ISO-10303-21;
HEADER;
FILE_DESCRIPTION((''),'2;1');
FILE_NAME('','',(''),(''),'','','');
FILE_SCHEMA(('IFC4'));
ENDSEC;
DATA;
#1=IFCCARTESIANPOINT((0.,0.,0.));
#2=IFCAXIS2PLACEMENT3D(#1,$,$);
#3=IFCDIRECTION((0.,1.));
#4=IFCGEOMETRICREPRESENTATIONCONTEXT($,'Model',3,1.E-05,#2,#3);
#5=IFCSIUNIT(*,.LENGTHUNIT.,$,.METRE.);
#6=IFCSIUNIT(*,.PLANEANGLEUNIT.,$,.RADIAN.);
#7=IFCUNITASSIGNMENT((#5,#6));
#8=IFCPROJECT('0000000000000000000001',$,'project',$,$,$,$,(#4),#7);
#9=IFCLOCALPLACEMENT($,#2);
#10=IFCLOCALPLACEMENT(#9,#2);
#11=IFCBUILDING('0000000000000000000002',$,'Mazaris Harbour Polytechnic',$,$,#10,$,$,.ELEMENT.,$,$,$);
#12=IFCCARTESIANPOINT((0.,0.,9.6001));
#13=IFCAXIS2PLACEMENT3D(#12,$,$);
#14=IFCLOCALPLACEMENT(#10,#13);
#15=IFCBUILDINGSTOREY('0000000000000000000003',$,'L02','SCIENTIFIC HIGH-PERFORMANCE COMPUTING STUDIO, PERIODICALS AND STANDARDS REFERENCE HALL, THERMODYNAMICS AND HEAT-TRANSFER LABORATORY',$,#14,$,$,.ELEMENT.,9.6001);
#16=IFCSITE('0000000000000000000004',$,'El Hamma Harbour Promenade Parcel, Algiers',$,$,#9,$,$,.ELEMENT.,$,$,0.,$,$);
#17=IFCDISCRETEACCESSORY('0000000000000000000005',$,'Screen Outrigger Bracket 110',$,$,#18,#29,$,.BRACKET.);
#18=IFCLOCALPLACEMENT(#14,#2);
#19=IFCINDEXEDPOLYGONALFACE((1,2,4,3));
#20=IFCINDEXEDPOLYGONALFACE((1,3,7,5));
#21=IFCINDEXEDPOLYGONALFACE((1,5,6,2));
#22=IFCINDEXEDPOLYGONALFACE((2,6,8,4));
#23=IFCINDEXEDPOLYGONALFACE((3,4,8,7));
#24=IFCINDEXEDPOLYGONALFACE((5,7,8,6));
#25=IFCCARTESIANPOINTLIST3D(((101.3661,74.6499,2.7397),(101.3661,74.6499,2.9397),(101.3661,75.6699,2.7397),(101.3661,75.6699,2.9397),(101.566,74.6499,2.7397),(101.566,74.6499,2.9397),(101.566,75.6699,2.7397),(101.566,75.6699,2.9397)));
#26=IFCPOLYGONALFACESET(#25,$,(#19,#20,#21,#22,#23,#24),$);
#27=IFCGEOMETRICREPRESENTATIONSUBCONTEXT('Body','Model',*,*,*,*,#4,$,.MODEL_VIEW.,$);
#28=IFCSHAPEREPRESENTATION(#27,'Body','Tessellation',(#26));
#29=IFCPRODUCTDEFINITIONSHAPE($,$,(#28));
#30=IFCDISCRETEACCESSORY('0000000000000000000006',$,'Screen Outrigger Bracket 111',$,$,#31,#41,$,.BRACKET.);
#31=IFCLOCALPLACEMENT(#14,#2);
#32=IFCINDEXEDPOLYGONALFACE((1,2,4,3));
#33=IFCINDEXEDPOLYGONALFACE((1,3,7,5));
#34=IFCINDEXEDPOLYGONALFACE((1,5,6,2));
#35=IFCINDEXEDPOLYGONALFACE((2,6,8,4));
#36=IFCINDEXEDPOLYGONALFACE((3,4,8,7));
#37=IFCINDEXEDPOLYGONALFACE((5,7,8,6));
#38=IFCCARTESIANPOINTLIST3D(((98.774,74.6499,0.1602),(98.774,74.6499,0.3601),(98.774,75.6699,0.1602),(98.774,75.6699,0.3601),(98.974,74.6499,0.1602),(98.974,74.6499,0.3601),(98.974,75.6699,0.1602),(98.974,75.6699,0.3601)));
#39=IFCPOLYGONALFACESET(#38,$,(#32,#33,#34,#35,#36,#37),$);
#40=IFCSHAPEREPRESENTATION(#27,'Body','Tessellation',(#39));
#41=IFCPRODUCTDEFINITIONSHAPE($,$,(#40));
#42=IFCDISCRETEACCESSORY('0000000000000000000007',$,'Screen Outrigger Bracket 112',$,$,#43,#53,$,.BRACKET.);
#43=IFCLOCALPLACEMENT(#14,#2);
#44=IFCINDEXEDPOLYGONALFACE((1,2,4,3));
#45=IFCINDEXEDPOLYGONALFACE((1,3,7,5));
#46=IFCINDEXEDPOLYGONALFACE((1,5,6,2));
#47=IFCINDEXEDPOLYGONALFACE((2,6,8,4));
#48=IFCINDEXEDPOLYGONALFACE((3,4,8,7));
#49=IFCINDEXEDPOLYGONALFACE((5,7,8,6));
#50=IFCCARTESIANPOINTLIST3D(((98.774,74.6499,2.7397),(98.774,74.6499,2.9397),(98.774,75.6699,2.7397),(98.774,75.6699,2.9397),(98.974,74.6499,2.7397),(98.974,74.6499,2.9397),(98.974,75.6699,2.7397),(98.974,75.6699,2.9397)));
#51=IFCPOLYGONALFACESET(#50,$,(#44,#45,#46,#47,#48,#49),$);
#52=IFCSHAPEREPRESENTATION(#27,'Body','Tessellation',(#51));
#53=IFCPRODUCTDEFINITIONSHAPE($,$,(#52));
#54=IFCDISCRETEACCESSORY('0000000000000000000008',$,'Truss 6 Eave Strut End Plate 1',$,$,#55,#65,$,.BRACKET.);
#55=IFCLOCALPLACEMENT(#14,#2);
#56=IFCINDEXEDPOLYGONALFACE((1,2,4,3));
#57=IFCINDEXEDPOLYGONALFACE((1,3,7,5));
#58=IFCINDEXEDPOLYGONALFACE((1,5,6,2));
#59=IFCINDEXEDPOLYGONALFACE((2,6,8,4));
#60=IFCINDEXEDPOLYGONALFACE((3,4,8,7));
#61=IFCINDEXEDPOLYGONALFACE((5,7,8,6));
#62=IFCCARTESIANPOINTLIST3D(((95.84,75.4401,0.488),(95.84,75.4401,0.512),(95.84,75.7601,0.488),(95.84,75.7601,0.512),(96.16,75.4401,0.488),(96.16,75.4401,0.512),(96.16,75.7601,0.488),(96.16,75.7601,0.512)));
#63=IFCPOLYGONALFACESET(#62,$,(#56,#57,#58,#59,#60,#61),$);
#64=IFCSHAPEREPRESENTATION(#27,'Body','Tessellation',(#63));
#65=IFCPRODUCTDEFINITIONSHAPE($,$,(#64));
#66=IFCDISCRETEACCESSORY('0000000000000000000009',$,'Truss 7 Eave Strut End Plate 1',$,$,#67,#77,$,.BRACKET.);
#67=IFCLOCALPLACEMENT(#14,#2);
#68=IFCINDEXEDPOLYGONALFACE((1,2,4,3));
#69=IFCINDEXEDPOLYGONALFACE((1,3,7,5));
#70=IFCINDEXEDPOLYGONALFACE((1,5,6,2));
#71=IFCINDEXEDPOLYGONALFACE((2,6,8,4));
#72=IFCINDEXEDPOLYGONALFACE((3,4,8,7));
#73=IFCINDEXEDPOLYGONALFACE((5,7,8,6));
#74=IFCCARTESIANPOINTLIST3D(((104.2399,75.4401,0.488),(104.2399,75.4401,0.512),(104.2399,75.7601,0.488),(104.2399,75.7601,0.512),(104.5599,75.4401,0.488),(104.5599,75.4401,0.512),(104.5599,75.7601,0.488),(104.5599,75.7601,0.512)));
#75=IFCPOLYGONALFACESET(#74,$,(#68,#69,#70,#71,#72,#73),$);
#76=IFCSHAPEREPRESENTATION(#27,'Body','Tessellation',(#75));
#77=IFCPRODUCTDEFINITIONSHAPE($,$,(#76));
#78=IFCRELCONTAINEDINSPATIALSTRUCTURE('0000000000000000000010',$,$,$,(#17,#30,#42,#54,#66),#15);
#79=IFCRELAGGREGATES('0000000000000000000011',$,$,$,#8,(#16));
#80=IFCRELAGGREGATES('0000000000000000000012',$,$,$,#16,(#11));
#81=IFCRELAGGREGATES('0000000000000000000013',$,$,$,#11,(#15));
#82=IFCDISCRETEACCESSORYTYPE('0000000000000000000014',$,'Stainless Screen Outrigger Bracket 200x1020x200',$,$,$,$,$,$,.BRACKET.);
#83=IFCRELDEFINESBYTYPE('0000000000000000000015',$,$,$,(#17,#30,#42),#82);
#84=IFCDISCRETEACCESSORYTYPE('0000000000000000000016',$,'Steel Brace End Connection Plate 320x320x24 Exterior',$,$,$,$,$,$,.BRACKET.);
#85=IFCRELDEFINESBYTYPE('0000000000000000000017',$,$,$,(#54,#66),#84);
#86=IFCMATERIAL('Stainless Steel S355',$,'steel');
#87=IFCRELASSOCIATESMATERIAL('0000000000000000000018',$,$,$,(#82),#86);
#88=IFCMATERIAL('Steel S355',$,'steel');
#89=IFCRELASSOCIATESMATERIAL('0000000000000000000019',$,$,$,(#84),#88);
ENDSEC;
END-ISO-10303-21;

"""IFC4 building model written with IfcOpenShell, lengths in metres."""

from ifc_helpers import new_model, si_unit, direction, frame, origin, origin_2d, place, context, subcontext, project, spatial, rectangle, extrude, material, type_object, element, save


model = new_model("IFC4")

# Units and contexts
model_context = context("Model", 3, precision=1e-05, world=origin(), true_north=direction((0.0, 1.0)))
body_context = subcontext(model_context, "Body", "Model", "MODEL_VIEW")
ifc_project = project(units=[si_unit("LENGTHUNIT", "METRE"), si_unit("PLANEANGLEUNIT", "RADIAN")], contexts=[model_context])

# Site, building, storey
site_placement = place(None, origin())
site = spatial("IfcSite", under=ifc_project, at=site_placement, Name="El Hamma Harbour Promenade Parcel, Algiers", CompositionType="ELEMENT", RefElevation=0.0)
building_placement = place(site_placement, origin())
building = spatial("IfcBuilding", under=site, at=building_placement, Name="Mazaris Harbour Polytechnic", CompositionType="ELEMENT")
storey_placement = place(building_placement, frame((0.0, 0.0, 9.6001)))
storey = spatial("IfcBuildingStorey", under=building, at=storey_placement, Name="L02", Description="SCIENTIFIC HIGH-PERFORMANCE COMPUTING STUDIO, PERIODICALS AND STANDARDS REFERENCE HALL, THERMODYNAMICS AND HEAT-TRANSFER LABORATORY", CompositionType="ELEMENT", Elevation=9.6001)

# Discrete accessories
ifc_material_1 = material(Name="Stainless Steel S355", Category="steel")
discrete_accessory_type_1 = type_object("IfcDiscreteAccessoryType", Name="Stainless Screen Outrigger Bracket 200x1020x200", PredefinedType="BRACKET", material=ifc_material_1)
for number, where, z_axis, x_axis, name in (
    (1, (101.4661, 75.1599, 2.7397), (0.0, 0.0, 1.0), (-1.0, 0.0, 0.0), "Screen Outrigger Bracket 110"),
    (2, (98.874, 75.1599, 0.1602), (0.0, 0.0, 1.0), (-1.0, 0.0, 0.0), "Screen Outrigger Bracket 111"),
    (3, (98.874, 75.1599, 2.7397), (0.0, 0.0, 1.0), (-1.0, 0.0, 0.0), "Screen Outrigger Bracket 112"),
):
    element("IfcDiscreteAccessory", number, at=place(storey_placement, frame(where, z_axis=z_axis, x_axis=x_axis)), inside=storey, type_object=discrete_accessory_type_1, Name=name, PredefinedType="BRACKET", context=body_context, shape_type="SweptSolid", body=[
        extrude(rectangle(XDim=0.2, YDim=1.02, at=origin_2d()), origin(), (0.0, 0.0, 1.0), 0.2),
    ])
ifc_material_2 = material(Name="Steel S355", Category="steel")
discrete_accessory_type_2 = type_object("IfcDiscreteAccessoryType", Name="Steel Brace End Connection Plate 320x320x24 Exterior", PredefinedType="BRACKET", material=ifc_material_2)
for number, where, z_axis, x_axis, name in (
    (4, (96.0, 75.6001, 0.488), (0.0, 0.0, 1.0), (1.0, 0.0, 0.0), "Truss 6 Eave Strut End Plate 1"),
    (5, (104.3999, 75.6001, 0.488), (0.0, 0.0, 1.0), (1.0, 0.0, 0.0), "Truss 7 Eave Strut End Plate 1"),
):
    element("IfcDiscreteAccessory", number, at=place(storey_placement, frame(where, z_axis=z_axis, x_axis=x_axis)), inside=storey, type_object=discrete_accessory_type_2, Name=name, PredefinedType="BRACKET", context=body_context, shape_type="SweptSolid", body=[
        extrude(rectangle(XDim=0.3201, YDim=0.3201, at=origin_2d()), origin(), (0.0, 0.0, 1.0), 0.0239),
    ])

save(model, "model.ifc")
